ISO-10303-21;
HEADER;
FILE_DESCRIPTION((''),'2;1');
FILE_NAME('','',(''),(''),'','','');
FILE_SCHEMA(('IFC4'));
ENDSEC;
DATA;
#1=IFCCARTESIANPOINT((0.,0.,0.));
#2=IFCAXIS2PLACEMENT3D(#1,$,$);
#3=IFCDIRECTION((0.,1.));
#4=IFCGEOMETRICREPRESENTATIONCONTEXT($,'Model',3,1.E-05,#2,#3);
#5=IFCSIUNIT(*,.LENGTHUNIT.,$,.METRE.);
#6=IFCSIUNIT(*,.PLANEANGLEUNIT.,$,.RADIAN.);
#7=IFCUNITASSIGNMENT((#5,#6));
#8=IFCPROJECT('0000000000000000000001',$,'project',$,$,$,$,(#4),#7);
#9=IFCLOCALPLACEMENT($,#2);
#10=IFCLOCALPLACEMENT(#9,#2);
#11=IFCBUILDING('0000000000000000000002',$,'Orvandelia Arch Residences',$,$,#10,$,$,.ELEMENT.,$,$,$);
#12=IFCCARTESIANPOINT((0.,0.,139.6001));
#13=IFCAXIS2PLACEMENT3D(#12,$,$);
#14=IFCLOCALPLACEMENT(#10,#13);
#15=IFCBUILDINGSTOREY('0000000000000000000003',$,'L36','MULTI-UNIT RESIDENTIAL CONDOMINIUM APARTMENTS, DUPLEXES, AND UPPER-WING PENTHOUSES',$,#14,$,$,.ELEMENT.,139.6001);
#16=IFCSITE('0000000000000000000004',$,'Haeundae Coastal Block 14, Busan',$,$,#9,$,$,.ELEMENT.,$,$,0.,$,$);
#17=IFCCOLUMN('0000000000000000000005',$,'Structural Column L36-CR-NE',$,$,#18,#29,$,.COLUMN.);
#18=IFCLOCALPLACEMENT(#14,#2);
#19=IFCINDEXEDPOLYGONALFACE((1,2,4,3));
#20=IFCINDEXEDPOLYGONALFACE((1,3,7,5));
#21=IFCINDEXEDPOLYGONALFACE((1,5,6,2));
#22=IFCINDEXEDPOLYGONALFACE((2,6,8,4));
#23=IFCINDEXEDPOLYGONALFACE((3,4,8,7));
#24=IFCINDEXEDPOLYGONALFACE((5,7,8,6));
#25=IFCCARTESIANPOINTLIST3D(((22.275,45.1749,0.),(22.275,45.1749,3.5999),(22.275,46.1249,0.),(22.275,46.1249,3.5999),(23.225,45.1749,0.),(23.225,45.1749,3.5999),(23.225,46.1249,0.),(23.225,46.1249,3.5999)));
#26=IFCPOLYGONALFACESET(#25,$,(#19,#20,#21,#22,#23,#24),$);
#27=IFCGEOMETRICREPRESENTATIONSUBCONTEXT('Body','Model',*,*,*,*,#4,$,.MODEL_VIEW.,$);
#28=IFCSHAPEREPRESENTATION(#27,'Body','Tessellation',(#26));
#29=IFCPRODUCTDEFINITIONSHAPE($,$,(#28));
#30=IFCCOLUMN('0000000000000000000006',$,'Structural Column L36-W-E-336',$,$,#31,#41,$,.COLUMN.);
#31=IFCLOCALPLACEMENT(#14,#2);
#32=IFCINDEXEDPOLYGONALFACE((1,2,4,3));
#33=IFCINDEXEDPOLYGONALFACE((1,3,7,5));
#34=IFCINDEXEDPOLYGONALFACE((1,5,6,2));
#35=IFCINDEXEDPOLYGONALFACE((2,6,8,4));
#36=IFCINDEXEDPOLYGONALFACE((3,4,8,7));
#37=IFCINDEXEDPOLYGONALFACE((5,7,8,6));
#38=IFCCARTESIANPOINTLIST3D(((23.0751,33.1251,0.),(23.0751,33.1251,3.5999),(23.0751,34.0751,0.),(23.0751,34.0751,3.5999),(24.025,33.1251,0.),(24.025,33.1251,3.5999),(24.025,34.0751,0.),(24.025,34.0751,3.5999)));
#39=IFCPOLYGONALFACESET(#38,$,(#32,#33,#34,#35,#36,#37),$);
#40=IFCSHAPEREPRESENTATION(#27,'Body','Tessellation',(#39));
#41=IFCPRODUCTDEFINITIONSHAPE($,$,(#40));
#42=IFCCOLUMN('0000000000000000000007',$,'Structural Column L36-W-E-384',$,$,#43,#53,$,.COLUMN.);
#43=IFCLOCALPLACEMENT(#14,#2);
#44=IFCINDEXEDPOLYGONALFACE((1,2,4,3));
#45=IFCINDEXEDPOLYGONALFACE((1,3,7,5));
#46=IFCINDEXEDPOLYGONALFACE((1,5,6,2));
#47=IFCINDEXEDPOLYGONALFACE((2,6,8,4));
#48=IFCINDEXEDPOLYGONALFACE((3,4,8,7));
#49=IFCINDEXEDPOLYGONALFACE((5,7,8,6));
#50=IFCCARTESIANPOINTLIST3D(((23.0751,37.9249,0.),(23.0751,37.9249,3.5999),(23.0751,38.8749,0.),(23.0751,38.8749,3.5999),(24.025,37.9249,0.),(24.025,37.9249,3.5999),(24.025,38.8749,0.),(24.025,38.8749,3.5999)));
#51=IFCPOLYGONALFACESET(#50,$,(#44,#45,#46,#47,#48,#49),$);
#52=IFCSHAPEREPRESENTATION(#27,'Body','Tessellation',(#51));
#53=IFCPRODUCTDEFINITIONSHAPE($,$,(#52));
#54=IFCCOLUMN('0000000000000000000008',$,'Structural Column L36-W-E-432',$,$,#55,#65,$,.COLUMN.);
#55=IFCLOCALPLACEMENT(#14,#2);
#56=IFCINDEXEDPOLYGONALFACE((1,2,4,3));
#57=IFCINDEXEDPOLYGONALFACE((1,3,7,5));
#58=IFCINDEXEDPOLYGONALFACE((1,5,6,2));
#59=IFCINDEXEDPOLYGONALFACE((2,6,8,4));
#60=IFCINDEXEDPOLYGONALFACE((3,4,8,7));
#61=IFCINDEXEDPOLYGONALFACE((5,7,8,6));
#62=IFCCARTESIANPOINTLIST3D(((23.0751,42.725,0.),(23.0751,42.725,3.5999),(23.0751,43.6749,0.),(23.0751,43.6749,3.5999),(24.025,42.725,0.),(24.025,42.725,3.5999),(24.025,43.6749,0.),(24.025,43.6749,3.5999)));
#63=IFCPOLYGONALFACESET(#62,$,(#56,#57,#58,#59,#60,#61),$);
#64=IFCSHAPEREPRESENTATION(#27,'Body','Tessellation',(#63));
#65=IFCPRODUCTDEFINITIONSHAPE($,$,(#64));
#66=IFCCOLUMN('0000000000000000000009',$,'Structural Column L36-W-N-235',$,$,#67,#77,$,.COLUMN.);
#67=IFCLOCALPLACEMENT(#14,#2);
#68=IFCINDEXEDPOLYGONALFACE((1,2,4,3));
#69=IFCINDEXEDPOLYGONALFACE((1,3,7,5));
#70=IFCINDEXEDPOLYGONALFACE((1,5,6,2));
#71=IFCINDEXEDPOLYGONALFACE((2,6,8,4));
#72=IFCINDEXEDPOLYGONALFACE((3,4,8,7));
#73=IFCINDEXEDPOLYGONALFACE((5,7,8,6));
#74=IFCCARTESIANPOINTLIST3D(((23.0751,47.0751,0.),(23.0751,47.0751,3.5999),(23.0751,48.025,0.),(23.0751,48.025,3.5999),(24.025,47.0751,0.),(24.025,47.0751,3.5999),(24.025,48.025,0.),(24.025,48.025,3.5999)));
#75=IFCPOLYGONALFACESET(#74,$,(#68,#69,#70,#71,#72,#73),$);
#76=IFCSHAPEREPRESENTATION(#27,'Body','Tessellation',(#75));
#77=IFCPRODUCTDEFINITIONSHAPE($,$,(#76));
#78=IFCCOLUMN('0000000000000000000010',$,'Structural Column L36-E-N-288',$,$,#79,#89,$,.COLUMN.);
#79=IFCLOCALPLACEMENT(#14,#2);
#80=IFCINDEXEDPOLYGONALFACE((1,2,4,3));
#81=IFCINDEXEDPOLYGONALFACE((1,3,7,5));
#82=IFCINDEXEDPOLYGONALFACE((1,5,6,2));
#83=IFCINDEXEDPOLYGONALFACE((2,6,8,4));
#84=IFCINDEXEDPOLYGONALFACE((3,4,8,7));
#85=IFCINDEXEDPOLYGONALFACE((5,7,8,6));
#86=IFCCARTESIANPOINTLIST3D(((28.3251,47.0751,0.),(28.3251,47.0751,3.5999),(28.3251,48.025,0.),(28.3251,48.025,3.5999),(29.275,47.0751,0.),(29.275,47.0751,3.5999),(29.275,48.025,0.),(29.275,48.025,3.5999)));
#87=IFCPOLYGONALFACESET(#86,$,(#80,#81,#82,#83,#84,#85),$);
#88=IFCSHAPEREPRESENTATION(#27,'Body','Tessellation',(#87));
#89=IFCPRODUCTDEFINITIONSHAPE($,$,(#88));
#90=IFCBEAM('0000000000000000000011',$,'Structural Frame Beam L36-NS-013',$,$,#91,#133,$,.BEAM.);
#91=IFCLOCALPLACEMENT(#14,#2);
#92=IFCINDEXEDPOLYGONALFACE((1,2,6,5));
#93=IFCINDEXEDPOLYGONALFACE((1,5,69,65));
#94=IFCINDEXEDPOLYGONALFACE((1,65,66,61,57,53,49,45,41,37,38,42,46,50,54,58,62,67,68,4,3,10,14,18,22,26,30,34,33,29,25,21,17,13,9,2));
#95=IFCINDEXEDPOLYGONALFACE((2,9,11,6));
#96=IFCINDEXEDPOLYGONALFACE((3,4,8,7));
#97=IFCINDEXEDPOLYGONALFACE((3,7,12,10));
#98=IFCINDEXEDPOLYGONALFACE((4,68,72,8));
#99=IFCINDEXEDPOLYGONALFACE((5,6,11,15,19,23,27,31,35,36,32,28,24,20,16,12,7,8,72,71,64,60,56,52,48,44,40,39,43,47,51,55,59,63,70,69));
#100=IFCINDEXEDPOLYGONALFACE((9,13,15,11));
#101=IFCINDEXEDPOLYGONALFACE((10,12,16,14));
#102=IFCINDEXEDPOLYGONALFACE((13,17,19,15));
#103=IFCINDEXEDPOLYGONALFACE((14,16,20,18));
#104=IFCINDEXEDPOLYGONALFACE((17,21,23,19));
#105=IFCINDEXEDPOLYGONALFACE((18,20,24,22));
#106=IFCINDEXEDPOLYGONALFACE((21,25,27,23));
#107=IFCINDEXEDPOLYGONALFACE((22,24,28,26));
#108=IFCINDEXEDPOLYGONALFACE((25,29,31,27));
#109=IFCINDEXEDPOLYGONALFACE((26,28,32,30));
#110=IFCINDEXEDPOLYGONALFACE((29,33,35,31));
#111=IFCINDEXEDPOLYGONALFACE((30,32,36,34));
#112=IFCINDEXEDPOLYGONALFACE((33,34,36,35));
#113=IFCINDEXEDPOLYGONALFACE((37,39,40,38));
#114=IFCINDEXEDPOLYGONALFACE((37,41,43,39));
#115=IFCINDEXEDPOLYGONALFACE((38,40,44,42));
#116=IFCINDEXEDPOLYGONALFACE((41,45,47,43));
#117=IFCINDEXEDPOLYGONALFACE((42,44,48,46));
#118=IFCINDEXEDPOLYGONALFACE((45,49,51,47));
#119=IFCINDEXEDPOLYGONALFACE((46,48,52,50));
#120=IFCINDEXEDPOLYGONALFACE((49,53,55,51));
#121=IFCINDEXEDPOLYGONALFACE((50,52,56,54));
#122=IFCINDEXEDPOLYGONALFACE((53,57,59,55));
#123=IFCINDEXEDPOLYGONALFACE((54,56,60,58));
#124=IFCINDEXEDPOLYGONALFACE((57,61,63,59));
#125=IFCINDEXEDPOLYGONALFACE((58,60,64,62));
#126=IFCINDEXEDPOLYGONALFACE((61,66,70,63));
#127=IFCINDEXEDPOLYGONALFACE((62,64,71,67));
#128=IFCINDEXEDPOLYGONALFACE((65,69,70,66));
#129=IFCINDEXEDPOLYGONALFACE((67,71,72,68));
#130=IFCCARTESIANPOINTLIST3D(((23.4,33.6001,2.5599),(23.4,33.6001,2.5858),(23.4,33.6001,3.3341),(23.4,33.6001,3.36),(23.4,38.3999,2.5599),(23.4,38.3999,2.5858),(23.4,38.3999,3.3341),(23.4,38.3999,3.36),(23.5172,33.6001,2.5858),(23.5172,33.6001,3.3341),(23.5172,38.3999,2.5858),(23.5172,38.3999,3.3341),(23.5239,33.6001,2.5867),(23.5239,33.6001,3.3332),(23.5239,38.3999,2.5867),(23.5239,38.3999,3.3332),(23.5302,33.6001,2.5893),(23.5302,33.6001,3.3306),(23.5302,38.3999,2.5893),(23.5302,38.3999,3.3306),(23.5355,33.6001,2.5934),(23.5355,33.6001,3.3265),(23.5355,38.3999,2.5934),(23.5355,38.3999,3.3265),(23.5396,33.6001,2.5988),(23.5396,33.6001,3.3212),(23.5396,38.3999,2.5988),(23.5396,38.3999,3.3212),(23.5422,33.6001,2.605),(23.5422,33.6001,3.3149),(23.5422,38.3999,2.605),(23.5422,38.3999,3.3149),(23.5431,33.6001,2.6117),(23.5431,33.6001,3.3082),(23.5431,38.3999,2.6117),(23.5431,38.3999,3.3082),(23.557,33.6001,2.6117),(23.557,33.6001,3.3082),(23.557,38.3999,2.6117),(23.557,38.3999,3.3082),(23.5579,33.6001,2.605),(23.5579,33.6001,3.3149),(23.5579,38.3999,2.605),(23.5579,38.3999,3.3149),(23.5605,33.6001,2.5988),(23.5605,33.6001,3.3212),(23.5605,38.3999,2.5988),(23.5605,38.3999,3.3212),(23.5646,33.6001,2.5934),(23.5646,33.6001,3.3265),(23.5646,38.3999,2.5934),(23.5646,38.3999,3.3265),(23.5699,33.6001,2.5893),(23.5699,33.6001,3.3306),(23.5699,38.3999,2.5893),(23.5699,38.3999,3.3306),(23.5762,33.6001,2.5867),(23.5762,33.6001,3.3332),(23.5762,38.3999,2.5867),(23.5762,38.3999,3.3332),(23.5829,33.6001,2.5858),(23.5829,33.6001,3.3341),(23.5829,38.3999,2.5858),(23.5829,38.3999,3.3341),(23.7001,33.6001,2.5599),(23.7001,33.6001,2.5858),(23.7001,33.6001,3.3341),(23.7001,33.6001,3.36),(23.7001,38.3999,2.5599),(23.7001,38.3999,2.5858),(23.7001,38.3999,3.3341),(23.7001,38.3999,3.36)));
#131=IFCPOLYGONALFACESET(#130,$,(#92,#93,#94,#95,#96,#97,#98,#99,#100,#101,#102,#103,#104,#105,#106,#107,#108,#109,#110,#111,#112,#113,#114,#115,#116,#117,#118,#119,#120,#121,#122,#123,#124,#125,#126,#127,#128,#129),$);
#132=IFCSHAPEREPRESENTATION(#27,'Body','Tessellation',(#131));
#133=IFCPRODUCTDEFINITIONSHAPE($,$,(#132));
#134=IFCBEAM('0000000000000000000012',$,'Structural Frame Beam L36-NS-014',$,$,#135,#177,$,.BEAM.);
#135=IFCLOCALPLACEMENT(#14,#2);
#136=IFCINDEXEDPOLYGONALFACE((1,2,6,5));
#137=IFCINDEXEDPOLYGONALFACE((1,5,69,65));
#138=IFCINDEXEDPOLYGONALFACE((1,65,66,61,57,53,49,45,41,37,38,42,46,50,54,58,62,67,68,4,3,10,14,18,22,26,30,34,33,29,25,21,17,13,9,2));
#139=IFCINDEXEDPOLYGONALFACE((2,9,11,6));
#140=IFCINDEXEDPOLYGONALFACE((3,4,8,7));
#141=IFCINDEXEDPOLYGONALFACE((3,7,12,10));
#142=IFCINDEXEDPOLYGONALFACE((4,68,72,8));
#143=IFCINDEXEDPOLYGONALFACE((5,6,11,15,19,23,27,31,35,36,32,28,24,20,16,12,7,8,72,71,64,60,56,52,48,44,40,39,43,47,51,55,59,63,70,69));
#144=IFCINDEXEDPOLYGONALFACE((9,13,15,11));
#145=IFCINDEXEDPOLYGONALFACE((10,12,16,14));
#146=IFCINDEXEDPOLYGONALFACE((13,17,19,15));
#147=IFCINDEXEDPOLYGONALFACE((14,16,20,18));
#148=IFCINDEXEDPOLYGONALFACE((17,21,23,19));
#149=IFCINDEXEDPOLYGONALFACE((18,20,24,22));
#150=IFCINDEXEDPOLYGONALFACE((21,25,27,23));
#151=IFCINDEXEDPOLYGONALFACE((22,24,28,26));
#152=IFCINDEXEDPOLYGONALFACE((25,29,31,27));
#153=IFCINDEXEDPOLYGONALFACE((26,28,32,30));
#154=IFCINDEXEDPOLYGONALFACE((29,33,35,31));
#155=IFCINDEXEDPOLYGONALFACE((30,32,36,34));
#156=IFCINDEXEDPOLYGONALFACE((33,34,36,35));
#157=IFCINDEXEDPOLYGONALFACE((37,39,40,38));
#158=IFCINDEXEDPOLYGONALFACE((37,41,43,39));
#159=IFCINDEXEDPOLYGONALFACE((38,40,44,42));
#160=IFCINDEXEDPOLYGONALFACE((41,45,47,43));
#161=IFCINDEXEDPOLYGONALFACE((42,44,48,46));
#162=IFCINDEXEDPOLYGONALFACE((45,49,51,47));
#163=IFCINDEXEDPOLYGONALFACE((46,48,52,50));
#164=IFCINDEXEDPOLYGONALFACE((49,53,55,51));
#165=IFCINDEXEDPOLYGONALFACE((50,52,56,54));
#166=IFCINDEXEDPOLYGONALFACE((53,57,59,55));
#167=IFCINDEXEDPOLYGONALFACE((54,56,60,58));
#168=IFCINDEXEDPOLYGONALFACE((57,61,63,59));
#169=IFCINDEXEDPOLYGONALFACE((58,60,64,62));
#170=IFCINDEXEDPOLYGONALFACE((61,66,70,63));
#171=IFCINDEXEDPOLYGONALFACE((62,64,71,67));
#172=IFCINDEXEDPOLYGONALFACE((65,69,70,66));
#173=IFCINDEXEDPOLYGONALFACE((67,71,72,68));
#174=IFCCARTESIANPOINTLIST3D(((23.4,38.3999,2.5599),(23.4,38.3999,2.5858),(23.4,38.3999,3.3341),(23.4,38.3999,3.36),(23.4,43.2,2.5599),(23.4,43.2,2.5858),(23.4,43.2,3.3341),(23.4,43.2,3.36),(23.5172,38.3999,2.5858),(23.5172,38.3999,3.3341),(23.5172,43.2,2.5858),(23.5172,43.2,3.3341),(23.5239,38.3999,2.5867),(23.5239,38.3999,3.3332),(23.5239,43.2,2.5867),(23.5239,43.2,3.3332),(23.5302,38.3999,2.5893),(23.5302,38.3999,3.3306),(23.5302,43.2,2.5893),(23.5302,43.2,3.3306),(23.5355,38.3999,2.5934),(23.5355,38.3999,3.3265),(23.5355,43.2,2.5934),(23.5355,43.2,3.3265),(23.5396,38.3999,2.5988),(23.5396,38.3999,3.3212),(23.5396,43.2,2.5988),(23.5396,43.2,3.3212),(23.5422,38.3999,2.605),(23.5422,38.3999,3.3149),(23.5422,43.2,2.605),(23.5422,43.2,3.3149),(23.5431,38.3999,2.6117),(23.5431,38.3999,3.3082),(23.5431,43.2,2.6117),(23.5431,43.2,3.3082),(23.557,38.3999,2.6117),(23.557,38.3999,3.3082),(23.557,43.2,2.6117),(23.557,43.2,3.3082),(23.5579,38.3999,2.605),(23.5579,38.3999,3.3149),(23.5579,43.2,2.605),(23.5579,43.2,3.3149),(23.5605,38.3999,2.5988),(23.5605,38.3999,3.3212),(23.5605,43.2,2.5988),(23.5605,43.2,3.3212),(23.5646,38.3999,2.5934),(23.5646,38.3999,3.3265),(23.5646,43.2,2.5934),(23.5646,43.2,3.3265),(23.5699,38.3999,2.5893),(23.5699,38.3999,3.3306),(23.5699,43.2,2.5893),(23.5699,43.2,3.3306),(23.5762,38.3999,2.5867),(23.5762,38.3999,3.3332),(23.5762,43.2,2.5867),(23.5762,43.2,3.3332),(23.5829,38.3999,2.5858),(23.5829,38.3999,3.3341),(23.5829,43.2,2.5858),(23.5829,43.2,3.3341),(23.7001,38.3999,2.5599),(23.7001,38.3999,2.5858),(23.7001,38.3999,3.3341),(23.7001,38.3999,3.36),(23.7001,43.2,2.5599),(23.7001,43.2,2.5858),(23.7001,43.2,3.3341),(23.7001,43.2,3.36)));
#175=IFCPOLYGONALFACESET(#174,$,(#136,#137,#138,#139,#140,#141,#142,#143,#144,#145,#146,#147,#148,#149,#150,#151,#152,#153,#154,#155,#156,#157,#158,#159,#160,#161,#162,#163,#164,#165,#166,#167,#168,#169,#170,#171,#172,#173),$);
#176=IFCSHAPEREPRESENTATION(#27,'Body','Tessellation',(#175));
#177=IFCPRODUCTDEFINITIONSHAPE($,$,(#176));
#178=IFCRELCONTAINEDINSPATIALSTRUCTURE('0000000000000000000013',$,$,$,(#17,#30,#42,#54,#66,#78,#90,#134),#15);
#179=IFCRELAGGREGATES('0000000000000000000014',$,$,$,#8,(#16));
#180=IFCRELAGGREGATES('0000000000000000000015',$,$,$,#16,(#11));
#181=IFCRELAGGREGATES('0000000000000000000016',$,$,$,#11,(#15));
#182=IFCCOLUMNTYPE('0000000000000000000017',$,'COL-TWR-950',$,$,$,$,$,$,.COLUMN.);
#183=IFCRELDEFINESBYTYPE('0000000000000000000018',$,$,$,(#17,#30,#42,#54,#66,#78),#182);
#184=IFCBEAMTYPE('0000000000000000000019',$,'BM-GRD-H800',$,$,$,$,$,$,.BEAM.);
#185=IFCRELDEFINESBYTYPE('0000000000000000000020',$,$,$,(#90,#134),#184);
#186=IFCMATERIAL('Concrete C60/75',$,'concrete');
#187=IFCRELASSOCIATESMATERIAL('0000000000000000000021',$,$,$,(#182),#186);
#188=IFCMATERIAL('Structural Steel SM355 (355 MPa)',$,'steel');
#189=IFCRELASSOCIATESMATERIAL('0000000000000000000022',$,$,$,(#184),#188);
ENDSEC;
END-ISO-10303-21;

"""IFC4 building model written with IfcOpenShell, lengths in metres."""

from ifc_helpers import new_model, si_unit, direction, frame, origin, origin_2d, place, context, subcontext, project, spatial, rectangle, i_section, extrude, material, material_profile, profile_set, type_object, element, save


model = new_model("IFC4")

# Units and contexts
model_context = context("Model", 3, precision=1e-05, world=origin(), true_north=direction((0.0, 1.0)))
body_context = subcontext(model_context, "Body", "Model", "MODEL_VIEW")
ifc_project = project(units=[si_unit("LENGTHUNIT", "METRE"), si_unit("PLANEANGLEUNIT", "RADIAN")], contexts=[model_context])

# Site, building, storey
site_placement = place(None, origin())
site = spatial("IfcSite", under=ifc_project, at=site_placement, Name="Haeundae Coastal Block 14, Busan", CompositionType="ELEMENT", RefElevation=0.0)
building_placement = place(site_placement, origin())
building = spatial("IfcBuilding", under=site, at=building_placement, Name="Orvandelia Arch Residences", CompositionType="ELEMENT")
storey_placement = place(building_placement, frame((0.0, 0.0, 139.6001)))
storey = spatial("IfcBuildingStorey", under=building, at=storey_placement, Name="L36", Description="MULTI-UNIT RESIDENTIAL CONDOMINIUM APARTMENTS, DUPLEXES, AND UPPER-WING PENTHOUSES", CompositionType="ELEMENT", Elevation=139.6001)

# Columns
ifc_material_1 = material(Name="Concrete C60/75", Category="concrete")
ifc_material_profile_1 = material_profile(ifc_material_1, rectangle(XDim=0.95, YDim=0.95, at=origin_2d()), Name="Concrete C60/75", Category="concrete")
ifc_profile_set_1 = profile_set([ifc_material_profile_1], Name="Concrete C60/75")
column_type = type_object("IfcColumnType", Name="COL-TWR-950", PredefinedType="COLUMN", material=ifc_profile_set_1)
for number, where, z_axis, x_axis, name in (
    (1, (22.75, 45.6499, 0.0), (0.0, 0.0, 1.0), (1.0, 0.0, 0.0), "Structural Column L36-CR-NE"),
    (2, (23.55, 33.6001, 0.0), (0.0, 0.0, 1.0), (1.0, 0.0, 0.0), "Structural Column L36-W-E-336"),
    (3, (23.55, 38.3999, 0.0), (0.0, 0.0, 1.0), (1.0, 0.0, 0.0), "Structural Column L36-W-E-384"),
    (4, (23.55, 43.2, 0.0), (0.0, 0.0, 1.0), (1.0, 0.0, 0.0), "Structural Column L36-W-E-432"),
    (5, (23.55, 47.55, 0.0), (0.0, 0.0, 1.0), (1.0, 0.0, 0.0), "Structural Column L36-W-N-235"),
    (6, (28.8, 47.55, 0.0), (0.0, 0.0, 1.0), (1.0, 0.0, 0.0), "Structural Column L36-E-N-288"),
):
    element("IfcColumn", number, at=place(storey_placement, frame(where, z_axis=z_axis, x_axis=x_axis)), inside=storey, type_object=column_type, Name=name, PredefinedType="COLUMN", context=body_context, shape_type="SweptSolid", body=[
        extrude(rectangle(XDim=0.95, YDim=0.95, at=origin_2d()), origin(), (0.0, 0.0, 1.0), 3.5999),
    ])

# Beams
ifc_material_2 = material(Name="Structural Steel SM355 (355 MPa)", Category="steel")
ifc_material_profile_2 = material_profile(ifc_material_2, i_section(OverallWidth=0.3, OverallDepth=0.8, WebThickness=0.0139, FlangeThickness=0.0259, FilletRadius=0.0259, at=origin_2d()), Name="Structural Steel SM355 (355 MPa)", Category="steel")
ifc_profile_set_2 = profile_set([ifc_material_profile_2], Name="Structural Steel SM355 (355 MPa)")
beam_type = type_object("IfcBeamType", Name="BM-GRD-H800", PredefinedType="BEAM", material=ifc_profile_set_2)
beam_1_placement = place(storey_placement, frame((23.55, 33.6001, 2.96), z_axis=(0.0, 1.0, 0.0), x_axis=(-1.0, 0.0, 0.0)))
element("IfcBeam", 7, at=beam_1_placement, inside=storey, type_object=beam_type, Name="Structural Frame Beam L36-NS-013", PredefinedType="BEAM", context=body_context, shape_type="SweptSolid", body=[
    extrude(i_section(OverallWidth=0.3, OverallDepth=0.8, WebThickness=0.0139, FlangeThickness=0.0259, FilletRadius=0.0259, at=origin_2d()), origin(), (0.0, 0.0, 1.0), 4.7998),
])
beam_2_placement = place(storey_placement, frame((23.55, 38.3999, 2.96), z_axis=(0.0, 1.0, 0.0), x_axis=(-1.0, 0.0, 0.0)))
element("IfcBeam", 8, at=beam_2_placement, inside=storey, type_object=beam_type, Name="Structural Frame Beam L36-NS-014", PredefinedType="BEAM", context=body_context, shape_type="SweptSolid", body=[
    extrude(i_section(OverallWidth=0.3, OverallDepth=0.8, WebThickness=0.0139, FlangeThickness=0.0259, FilletRadius=0.0259, at=origin_2d()), origin(), (0.0, 0.0, 1.0), 4.8),
])

save(model, "model.ifc")
